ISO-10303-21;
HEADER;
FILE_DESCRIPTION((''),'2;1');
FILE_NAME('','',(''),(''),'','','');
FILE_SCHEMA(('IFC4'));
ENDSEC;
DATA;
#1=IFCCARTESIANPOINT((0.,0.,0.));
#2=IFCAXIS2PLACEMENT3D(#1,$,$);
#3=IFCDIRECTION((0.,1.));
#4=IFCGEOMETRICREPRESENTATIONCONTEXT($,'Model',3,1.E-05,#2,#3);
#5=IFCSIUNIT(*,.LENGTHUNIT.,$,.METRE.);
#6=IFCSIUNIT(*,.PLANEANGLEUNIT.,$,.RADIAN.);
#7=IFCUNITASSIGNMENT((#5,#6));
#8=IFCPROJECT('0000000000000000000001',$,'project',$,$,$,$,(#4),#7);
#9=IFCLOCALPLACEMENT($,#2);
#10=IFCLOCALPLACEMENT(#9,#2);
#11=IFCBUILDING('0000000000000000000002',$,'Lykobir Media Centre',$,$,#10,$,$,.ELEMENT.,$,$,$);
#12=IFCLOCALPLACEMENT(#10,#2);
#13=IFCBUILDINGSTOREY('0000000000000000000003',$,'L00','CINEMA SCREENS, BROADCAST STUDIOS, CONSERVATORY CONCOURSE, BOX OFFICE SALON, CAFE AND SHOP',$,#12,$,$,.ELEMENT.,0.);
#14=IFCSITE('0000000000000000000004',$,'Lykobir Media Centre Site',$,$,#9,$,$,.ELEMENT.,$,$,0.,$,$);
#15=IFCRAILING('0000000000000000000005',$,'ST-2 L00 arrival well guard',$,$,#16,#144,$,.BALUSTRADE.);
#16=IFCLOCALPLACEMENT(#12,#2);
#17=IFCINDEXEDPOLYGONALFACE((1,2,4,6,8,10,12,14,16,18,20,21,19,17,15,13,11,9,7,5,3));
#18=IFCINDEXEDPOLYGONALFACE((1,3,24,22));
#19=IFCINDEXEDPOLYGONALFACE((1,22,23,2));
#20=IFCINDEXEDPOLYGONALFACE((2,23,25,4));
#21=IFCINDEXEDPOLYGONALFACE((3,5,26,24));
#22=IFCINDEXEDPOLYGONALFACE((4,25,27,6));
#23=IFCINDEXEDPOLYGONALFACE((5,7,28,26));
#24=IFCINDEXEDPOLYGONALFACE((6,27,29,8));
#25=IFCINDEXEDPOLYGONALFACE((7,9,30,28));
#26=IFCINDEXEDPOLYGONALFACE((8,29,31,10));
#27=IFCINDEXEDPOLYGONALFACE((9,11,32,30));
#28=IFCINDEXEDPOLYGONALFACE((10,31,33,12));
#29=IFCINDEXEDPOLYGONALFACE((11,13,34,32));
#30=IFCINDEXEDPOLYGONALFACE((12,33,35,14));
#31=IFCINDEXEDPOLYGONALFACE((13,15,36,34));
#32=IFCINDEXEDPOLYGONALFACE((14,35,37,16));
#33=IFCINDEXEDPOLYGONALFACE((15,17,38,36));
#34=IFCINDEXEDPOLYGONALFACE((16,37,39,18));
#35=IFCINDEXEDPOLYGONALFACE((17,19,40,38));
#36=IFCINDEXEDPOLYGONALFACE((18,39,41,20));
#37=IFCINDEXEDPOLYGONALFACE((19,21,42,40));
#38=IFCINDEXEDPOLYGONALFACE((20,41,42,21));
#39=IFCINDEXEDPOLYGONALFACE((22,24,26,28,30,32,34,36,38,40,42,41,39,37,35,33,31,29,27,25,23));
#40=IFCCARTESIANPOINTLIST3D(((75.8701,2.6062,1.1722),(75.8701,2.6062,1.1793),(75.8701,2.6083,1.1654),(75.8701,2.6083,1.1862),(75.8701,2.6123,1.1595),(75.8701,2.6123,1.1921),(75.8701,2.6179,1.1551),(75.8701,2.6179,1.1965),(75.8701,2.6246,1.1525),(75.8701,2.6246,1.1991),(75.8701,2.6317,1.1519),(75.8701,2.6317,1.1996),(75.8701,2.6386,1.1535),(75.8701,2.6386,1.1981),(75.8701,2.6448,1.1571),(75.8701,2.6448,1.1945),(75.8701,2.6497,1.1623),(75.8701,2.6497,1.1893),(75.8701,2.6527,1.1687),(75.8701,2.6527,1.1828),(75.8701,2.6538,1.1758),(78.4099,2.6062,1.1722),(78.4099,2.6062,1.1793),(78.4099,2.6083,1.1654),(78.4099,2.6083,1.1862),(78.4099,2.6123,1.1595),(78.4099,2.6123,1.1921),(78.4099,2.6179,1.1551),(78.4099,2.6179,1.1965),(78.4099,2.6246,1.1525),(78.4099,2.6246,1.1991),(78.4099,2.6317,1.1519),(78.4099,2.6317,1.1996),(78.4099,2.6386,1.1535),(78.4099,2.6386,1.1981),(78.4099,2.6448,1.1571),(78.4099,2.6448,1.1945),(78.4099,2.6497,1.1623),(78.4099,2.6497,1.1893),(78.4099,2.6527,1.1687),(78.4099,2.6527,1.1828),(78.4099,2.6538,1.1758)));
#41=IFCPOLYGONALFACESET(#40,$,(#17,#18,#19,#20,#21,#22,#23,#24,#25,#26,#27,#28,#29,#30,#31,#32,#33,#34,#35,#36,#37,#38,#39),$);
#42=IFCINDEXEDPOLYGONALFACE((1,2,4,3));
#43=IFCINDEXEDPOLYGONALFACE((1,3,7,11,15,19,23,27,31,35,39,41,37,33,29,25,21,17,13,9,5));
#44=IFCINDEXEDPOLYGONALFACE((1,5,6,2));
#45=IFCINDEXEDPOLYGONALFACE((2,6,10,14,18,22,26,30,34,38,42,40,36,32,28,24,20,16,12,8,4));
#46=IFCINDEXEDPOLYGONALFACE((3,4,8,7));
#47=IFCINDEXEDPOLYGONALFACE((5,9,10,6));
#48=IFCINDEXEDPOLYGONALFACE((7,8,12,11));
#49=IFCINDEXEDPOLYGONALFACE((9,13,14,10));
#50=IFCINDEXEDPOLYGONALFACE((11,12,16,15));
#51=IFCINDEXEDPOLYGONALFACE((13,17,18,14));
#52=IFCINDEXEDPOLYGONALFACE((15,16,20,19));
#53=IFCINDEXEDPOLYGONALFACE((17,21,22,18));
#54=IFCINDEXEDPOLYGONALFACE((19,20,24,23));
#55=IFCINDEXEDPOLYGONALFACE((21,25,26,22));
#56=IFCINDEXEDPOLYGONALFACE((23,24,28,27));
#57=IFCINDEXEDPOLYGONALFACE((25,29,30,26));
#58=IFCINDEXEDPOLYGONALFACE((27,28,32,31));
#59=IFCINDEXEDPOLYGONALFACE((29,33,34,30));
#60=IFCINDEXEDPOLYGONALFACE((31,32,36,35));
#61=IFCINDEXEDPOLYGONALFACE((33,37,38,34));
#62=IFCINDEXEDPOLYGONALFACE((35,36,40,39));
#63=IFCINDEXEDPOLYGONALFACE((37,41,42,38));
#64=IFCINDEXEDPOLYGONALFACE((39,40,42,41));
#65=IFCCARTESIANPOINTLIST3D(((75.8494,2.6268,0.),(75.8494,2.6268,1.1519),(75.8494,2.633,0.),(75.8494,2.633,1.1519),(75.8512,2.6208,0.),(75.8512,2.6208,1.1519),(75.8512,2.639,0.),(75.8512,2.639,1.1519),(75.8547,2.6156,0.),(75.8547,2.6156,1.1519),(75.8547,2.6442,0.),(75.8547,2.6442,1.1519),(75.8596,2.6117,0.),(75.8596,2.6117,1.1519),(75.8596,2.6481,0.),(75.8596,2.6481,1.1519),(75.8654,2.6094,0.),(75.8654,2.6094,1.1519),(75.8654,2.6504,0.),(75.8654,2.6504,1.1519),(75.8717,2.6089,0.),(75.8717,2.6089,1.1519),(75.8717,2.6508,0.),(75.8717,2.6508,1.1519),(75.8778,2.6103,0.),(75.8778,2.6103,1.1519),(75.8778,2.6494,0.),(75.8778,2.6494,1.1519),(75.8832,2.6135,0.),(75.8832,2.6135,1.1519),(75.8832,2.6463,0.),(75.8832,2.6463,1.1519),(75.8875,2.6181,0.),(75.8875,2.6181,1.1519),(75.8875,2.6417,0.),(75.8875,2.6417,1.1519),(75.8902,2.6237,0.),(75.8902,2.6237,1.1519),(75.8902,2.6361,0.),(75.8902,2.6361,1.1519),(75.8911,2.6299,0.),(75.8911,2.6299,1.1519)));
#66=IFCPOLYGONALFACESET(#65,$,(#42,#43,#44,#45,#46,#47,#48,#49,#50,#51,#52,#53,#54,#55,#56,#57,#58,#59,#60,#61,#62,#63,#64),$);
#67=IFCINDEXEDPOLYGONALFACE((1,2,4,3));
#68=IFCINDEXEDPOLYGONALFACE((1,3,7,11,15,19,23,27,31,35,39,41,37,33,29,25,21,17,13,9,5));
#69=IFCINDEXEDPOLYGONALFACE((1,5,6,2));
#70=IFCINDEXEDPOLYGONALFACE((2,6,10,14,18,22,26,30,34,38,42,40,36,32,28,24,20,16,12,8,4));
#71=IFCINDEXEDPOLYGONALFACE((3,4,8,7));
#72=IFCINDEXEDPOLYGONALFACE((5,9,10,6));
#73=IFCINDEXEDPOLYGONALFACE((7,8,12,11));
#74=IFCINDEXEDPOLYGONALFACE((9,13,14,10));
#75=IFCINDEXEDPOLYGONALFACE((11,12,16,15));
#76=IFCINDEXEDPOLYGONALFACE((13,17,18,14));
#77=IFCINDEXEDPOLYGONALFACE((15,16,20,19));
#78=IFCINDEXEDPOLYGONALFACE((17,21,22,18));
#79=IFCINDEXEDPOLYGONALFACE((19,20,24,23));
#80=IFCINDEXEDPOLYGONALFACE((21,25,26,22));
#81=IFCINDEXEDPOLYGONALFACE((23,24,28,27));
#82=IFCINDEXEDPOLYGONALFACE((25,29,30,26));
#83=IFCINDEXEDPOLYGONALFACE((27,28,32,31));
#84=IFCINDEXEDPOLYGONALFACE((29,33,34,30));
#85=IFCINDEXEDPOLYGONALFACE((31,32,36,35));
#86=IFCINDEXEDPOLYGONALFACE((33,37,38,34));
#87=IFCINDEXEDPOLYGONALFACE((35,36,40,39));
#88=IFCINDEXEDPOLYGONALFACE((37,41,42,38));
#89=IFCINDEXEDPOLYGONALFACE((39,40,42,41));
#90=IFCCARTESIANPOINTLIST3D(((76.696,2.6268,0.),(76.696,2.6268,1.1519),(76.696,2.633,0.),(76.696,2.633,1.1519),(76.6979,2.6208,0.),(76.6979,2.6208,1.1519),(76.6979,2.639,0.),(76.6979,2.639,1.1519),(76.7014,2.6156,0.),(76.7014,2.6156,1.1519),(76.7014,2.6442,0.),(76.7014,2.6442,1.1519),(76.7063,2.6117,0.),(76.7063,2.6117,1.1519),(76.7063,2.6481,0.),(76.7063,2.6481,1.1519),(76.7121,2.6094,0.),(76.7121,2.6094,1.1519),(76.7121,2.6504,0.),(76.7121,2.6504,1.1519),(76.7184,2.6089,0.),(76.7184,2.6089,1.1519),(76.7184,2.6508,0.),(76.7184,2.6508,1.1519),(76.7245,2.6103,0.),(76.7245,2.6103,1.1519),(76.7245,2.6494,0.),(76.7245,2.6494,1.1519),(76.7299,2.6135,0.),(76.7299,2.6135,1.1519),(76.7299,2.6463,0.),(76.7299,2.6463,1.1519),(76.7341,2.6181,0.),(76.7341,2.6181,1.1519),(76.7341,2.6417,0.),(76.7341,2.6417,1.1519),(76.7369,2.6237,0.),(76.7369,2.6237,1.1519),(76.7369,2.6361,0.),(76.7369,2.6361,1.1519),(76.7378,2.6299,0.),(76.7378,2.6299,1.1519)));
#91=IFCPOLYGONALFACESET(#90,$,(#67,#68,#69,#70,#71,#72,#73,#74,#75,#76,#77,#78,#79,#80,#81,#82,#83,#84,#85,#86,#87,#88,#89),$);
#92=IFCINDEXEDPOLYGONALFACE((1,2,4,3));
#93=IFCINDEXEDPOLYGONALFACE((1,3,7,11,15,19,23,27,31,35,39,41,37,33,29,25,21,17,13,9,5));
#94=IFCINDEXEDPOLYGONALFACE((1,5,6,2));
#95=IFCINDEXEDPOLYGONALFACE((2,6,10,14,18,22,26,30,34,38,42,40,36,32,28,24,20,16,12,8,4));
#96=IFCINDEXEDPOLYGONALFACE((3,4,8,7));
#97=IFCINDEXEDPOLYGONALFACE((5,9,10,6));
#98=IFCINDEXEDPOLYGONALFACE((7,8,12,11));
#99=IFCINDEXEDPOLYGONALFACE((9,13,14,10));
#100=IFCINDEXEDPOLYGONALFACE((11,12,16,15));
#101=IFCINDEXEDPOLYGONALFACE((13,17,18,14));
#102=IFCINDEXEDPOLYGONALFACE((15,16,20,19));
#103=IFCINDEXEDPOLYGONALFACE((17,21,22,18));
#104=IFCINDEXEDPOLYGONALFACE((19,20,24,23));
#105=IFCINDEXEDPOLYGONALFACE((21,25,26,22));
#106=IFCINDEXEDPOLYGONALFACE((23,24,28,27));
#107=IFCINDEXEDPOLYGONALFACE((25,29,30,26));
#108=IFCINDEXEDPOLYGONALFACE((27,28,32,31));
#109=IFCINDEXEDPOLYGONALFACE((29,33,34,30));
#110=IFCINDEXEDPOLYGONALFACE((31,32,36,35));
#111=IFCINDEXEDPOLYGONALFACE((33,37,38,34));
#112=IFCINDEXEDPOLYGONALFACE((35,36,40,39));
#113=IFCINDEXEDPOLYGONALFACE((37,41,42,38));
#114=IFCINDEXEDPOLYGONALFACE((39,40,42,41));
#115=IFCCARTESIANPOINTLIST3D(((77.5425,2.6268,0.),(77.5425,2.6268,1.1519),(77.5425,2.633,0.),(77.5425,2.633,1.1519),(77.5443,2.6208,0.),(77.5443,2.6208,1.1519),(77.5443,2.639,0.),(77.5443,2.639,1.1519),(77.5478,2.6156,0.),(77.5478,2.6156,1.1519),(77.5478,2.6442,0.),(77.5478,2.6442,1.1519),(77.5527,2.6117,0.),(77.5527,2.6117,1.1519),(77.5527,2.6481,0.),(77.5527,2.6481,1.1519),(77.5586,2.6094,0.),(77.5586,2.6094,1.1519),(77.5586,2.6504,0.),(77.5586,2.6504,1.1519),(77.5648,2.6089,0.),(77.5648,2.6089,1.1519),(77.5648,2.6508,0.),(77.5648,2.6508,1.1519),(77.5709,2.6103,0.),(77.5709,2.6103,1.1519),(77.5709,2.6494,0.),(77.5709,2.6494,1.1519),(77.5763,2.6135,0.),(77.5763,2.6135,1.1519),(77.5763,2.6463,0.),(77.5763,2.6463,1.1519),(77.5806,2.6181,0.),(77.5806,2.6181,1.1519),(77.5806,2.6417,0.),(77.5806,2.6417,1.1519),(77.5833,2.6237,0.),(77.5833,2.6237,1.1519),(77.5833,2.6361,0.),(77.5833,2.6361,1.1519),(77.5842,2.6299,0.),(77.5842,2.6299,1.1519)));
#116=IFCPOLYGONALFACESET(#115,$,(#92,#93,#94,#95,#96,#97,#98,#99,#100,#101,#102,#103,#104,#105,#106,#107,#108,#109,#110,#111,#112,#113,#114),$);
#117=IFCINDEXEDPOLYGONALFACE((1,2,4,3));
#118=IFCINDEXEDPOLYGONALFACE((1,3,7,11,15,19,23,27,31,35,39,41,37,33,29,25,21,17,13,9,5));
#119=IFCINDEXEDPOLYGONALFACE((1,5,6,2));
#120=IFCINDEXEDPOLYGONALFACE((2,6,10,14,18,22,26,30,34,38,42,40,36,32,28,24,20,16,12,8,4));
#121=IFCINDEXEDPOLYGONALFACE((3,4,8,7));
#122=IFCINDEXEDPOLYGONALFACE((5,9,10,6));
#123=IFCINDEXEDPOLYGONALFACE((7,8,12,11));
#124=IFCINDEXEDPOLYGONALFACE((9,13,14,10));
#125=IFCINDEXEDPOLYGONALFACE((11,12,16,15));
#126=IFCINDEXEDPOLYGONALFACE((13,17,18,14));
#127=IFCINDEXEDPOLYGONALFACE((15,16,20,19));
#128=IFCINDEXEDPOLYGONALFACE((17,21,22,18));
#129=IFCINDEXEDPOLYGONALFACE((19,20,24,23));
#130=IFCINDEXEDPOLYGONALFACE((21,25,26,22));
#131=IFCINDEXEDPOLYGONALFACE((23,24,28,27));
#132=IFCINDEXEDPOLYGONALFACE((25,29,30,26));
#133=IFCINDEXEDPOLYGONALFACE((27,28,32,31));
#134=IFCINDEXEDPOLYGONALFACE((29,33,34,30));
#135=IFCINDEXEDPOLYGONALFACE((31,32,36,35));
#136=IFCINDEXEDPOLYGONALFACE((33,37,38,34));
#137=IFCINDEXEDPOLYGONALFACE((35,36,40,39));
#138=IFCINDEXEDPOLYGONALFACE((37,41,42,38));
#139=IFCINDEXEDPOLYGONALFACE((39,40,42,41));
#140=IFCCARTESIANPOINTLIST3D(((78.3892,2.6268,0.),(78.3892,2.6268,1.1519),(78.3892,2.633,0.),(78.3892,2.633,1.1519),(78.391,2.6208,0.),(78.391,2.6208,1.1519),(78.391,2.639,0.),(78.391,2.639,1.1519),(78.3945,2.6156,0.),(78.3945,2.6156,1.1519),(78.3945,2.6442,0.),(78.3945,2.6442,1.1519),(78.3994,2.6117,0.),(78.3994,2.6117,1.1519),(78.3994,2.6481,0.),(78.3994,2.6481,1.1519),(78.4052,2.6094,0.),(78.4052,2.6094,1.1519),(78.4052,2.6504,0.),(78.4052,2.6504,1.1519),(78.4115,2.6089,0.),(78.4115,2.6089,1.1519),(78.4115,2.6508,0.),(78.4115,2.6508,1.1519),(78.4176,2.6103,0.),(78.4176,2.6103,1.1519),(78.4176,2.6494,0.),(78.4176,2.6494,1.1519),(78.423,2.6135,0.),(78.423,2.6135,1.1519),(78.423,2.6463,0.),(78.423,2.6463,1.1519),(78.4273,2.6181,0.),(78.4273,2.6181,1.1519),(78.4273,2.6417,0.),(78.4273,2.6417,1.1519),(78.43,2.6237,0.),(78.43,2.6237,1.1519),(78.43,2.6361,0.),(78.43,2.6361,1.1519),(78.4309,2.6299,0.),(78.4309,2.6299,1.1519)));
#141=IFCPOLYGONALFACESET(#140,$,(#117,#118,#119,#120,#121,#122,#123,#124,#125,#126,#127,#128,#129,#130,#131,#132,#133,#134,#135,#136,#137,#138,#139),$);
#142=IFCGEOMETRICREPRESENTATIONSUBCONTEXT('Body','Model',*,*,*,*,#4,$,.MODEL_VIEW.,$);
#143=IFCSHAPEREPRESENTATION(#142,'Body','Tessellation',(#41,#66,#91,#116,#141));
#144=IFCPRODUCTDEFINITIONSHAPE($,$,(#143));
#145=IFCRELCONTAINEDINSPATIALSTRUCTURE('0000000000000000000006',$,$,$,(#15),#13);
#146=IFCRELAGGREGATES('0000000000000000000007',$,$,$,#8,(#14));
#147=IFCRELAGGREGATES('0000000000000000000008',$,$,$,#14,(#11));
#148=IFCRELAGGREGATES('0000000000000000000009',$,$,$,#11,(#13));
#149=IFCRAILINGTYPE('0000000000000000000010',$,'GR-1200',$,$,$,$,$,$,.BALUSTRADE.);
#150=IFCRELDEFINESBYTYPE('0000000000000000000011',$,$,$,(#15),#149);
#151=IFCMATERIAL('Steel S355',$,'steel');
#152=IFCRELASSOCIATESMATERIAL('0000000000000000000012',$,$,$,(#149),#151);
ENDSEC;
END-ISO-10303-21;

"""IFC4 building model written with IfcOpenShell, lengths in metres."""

from ifc_helpers import new_model, si_unit, direction, frame, origin, origin_2d, place, context, subcontext, project, spatial, circle, extrude, material, type_object, element, save


model = new_model("IFC4")

# Units and contexts
model_context = context("Model", 3, precision=1e-05, world=origin(), true_north=direction((0.0, 1.0)))
body_context = subcontext(model_context, "Body", "Model", "MODEL_VIEW")
ifc_project = project(units=[si_unit("LENGTHUNIT", "METRE"), si_unit("PLANEANGLEUNIT", "RADIAN")], contexts=[model_context])

# Site, building, storey
site_placement = place(None, origin())
site = spatial("IfcSite", under=ifc_project, at=site_placement, Name="Lykobir Media Centre Site", CompositionType="ELEMENT", RefElevation=0.0)
building_placement = place(site_placement, origin())
building = spatial("IfcBuilding", under=site, at=building_placement, Name="Lykobir Media Centre", CompositionType="ELEMENT")
storey_placement = place(building_placement, origin())
storey = spatial("IfcBuildingStorey", under=building, at=storey_placement, Name="L00", Description="CINEMA SCREENS, BROADCAST STUDIOS, CONSERVATORY CONCOURSE, BOX OFFICE SALON, CAFE AND SHOP", CompositionType="ELEMENT", Elevation=0.0)

# Shared definitions
ifc_material_1 = material(Name="Steel S355", Category="steel")

# Railing
railing_type_1 = type_object("IfcRailingType", Name="GR-1200", PredefinedType="BALUSTRADE", material=ifc_material_1)
railing_1_placement = place(storey_placement, frame((75.8701, 2.6299, 0.0)))
element("IfcRailing", 1, at=railing_1_placement, inside=storey, type_object=railing_type_1, Name="ST-2 L00 arrival well guard", PredefinedType="BALUSTRADE", context=body_context, shape_type="SweptSolid", body=[
    extrude(circle(Radius=0.0239, at=origin_2d()), frame((0.0, 0.0, 1.1758), z_axis=(1.0, 0.0, 0.0), x_axis=(0.0, 1.0, 0.0)), (0.0, 0.0, 1.0), 2.5398),
    extrude(circle(Radius=0.021, at=origin_2d()), origin(), (0.0, 0.0, 1.0), 1.1519),
    extrude(circle(Radius=0.021, at=origin_2d()), frame((0.8467, 0.0, 0.0)), (0.0, 0.0, 1.0), 1.1519),
    extrude(circle(Radius=0.021, at=origin_2d()), frame((1.6931, 0.0, 0.0)), (0.0, 0.0, 1.0), 1.1519),
    extrude(circle(Radius=0.021, at=origin_2d()), frame((2.5398, 0.0, 0.0)), (0.0, 0.0, 1.0), 1.1519),
])

save(model, "model.ifc")
